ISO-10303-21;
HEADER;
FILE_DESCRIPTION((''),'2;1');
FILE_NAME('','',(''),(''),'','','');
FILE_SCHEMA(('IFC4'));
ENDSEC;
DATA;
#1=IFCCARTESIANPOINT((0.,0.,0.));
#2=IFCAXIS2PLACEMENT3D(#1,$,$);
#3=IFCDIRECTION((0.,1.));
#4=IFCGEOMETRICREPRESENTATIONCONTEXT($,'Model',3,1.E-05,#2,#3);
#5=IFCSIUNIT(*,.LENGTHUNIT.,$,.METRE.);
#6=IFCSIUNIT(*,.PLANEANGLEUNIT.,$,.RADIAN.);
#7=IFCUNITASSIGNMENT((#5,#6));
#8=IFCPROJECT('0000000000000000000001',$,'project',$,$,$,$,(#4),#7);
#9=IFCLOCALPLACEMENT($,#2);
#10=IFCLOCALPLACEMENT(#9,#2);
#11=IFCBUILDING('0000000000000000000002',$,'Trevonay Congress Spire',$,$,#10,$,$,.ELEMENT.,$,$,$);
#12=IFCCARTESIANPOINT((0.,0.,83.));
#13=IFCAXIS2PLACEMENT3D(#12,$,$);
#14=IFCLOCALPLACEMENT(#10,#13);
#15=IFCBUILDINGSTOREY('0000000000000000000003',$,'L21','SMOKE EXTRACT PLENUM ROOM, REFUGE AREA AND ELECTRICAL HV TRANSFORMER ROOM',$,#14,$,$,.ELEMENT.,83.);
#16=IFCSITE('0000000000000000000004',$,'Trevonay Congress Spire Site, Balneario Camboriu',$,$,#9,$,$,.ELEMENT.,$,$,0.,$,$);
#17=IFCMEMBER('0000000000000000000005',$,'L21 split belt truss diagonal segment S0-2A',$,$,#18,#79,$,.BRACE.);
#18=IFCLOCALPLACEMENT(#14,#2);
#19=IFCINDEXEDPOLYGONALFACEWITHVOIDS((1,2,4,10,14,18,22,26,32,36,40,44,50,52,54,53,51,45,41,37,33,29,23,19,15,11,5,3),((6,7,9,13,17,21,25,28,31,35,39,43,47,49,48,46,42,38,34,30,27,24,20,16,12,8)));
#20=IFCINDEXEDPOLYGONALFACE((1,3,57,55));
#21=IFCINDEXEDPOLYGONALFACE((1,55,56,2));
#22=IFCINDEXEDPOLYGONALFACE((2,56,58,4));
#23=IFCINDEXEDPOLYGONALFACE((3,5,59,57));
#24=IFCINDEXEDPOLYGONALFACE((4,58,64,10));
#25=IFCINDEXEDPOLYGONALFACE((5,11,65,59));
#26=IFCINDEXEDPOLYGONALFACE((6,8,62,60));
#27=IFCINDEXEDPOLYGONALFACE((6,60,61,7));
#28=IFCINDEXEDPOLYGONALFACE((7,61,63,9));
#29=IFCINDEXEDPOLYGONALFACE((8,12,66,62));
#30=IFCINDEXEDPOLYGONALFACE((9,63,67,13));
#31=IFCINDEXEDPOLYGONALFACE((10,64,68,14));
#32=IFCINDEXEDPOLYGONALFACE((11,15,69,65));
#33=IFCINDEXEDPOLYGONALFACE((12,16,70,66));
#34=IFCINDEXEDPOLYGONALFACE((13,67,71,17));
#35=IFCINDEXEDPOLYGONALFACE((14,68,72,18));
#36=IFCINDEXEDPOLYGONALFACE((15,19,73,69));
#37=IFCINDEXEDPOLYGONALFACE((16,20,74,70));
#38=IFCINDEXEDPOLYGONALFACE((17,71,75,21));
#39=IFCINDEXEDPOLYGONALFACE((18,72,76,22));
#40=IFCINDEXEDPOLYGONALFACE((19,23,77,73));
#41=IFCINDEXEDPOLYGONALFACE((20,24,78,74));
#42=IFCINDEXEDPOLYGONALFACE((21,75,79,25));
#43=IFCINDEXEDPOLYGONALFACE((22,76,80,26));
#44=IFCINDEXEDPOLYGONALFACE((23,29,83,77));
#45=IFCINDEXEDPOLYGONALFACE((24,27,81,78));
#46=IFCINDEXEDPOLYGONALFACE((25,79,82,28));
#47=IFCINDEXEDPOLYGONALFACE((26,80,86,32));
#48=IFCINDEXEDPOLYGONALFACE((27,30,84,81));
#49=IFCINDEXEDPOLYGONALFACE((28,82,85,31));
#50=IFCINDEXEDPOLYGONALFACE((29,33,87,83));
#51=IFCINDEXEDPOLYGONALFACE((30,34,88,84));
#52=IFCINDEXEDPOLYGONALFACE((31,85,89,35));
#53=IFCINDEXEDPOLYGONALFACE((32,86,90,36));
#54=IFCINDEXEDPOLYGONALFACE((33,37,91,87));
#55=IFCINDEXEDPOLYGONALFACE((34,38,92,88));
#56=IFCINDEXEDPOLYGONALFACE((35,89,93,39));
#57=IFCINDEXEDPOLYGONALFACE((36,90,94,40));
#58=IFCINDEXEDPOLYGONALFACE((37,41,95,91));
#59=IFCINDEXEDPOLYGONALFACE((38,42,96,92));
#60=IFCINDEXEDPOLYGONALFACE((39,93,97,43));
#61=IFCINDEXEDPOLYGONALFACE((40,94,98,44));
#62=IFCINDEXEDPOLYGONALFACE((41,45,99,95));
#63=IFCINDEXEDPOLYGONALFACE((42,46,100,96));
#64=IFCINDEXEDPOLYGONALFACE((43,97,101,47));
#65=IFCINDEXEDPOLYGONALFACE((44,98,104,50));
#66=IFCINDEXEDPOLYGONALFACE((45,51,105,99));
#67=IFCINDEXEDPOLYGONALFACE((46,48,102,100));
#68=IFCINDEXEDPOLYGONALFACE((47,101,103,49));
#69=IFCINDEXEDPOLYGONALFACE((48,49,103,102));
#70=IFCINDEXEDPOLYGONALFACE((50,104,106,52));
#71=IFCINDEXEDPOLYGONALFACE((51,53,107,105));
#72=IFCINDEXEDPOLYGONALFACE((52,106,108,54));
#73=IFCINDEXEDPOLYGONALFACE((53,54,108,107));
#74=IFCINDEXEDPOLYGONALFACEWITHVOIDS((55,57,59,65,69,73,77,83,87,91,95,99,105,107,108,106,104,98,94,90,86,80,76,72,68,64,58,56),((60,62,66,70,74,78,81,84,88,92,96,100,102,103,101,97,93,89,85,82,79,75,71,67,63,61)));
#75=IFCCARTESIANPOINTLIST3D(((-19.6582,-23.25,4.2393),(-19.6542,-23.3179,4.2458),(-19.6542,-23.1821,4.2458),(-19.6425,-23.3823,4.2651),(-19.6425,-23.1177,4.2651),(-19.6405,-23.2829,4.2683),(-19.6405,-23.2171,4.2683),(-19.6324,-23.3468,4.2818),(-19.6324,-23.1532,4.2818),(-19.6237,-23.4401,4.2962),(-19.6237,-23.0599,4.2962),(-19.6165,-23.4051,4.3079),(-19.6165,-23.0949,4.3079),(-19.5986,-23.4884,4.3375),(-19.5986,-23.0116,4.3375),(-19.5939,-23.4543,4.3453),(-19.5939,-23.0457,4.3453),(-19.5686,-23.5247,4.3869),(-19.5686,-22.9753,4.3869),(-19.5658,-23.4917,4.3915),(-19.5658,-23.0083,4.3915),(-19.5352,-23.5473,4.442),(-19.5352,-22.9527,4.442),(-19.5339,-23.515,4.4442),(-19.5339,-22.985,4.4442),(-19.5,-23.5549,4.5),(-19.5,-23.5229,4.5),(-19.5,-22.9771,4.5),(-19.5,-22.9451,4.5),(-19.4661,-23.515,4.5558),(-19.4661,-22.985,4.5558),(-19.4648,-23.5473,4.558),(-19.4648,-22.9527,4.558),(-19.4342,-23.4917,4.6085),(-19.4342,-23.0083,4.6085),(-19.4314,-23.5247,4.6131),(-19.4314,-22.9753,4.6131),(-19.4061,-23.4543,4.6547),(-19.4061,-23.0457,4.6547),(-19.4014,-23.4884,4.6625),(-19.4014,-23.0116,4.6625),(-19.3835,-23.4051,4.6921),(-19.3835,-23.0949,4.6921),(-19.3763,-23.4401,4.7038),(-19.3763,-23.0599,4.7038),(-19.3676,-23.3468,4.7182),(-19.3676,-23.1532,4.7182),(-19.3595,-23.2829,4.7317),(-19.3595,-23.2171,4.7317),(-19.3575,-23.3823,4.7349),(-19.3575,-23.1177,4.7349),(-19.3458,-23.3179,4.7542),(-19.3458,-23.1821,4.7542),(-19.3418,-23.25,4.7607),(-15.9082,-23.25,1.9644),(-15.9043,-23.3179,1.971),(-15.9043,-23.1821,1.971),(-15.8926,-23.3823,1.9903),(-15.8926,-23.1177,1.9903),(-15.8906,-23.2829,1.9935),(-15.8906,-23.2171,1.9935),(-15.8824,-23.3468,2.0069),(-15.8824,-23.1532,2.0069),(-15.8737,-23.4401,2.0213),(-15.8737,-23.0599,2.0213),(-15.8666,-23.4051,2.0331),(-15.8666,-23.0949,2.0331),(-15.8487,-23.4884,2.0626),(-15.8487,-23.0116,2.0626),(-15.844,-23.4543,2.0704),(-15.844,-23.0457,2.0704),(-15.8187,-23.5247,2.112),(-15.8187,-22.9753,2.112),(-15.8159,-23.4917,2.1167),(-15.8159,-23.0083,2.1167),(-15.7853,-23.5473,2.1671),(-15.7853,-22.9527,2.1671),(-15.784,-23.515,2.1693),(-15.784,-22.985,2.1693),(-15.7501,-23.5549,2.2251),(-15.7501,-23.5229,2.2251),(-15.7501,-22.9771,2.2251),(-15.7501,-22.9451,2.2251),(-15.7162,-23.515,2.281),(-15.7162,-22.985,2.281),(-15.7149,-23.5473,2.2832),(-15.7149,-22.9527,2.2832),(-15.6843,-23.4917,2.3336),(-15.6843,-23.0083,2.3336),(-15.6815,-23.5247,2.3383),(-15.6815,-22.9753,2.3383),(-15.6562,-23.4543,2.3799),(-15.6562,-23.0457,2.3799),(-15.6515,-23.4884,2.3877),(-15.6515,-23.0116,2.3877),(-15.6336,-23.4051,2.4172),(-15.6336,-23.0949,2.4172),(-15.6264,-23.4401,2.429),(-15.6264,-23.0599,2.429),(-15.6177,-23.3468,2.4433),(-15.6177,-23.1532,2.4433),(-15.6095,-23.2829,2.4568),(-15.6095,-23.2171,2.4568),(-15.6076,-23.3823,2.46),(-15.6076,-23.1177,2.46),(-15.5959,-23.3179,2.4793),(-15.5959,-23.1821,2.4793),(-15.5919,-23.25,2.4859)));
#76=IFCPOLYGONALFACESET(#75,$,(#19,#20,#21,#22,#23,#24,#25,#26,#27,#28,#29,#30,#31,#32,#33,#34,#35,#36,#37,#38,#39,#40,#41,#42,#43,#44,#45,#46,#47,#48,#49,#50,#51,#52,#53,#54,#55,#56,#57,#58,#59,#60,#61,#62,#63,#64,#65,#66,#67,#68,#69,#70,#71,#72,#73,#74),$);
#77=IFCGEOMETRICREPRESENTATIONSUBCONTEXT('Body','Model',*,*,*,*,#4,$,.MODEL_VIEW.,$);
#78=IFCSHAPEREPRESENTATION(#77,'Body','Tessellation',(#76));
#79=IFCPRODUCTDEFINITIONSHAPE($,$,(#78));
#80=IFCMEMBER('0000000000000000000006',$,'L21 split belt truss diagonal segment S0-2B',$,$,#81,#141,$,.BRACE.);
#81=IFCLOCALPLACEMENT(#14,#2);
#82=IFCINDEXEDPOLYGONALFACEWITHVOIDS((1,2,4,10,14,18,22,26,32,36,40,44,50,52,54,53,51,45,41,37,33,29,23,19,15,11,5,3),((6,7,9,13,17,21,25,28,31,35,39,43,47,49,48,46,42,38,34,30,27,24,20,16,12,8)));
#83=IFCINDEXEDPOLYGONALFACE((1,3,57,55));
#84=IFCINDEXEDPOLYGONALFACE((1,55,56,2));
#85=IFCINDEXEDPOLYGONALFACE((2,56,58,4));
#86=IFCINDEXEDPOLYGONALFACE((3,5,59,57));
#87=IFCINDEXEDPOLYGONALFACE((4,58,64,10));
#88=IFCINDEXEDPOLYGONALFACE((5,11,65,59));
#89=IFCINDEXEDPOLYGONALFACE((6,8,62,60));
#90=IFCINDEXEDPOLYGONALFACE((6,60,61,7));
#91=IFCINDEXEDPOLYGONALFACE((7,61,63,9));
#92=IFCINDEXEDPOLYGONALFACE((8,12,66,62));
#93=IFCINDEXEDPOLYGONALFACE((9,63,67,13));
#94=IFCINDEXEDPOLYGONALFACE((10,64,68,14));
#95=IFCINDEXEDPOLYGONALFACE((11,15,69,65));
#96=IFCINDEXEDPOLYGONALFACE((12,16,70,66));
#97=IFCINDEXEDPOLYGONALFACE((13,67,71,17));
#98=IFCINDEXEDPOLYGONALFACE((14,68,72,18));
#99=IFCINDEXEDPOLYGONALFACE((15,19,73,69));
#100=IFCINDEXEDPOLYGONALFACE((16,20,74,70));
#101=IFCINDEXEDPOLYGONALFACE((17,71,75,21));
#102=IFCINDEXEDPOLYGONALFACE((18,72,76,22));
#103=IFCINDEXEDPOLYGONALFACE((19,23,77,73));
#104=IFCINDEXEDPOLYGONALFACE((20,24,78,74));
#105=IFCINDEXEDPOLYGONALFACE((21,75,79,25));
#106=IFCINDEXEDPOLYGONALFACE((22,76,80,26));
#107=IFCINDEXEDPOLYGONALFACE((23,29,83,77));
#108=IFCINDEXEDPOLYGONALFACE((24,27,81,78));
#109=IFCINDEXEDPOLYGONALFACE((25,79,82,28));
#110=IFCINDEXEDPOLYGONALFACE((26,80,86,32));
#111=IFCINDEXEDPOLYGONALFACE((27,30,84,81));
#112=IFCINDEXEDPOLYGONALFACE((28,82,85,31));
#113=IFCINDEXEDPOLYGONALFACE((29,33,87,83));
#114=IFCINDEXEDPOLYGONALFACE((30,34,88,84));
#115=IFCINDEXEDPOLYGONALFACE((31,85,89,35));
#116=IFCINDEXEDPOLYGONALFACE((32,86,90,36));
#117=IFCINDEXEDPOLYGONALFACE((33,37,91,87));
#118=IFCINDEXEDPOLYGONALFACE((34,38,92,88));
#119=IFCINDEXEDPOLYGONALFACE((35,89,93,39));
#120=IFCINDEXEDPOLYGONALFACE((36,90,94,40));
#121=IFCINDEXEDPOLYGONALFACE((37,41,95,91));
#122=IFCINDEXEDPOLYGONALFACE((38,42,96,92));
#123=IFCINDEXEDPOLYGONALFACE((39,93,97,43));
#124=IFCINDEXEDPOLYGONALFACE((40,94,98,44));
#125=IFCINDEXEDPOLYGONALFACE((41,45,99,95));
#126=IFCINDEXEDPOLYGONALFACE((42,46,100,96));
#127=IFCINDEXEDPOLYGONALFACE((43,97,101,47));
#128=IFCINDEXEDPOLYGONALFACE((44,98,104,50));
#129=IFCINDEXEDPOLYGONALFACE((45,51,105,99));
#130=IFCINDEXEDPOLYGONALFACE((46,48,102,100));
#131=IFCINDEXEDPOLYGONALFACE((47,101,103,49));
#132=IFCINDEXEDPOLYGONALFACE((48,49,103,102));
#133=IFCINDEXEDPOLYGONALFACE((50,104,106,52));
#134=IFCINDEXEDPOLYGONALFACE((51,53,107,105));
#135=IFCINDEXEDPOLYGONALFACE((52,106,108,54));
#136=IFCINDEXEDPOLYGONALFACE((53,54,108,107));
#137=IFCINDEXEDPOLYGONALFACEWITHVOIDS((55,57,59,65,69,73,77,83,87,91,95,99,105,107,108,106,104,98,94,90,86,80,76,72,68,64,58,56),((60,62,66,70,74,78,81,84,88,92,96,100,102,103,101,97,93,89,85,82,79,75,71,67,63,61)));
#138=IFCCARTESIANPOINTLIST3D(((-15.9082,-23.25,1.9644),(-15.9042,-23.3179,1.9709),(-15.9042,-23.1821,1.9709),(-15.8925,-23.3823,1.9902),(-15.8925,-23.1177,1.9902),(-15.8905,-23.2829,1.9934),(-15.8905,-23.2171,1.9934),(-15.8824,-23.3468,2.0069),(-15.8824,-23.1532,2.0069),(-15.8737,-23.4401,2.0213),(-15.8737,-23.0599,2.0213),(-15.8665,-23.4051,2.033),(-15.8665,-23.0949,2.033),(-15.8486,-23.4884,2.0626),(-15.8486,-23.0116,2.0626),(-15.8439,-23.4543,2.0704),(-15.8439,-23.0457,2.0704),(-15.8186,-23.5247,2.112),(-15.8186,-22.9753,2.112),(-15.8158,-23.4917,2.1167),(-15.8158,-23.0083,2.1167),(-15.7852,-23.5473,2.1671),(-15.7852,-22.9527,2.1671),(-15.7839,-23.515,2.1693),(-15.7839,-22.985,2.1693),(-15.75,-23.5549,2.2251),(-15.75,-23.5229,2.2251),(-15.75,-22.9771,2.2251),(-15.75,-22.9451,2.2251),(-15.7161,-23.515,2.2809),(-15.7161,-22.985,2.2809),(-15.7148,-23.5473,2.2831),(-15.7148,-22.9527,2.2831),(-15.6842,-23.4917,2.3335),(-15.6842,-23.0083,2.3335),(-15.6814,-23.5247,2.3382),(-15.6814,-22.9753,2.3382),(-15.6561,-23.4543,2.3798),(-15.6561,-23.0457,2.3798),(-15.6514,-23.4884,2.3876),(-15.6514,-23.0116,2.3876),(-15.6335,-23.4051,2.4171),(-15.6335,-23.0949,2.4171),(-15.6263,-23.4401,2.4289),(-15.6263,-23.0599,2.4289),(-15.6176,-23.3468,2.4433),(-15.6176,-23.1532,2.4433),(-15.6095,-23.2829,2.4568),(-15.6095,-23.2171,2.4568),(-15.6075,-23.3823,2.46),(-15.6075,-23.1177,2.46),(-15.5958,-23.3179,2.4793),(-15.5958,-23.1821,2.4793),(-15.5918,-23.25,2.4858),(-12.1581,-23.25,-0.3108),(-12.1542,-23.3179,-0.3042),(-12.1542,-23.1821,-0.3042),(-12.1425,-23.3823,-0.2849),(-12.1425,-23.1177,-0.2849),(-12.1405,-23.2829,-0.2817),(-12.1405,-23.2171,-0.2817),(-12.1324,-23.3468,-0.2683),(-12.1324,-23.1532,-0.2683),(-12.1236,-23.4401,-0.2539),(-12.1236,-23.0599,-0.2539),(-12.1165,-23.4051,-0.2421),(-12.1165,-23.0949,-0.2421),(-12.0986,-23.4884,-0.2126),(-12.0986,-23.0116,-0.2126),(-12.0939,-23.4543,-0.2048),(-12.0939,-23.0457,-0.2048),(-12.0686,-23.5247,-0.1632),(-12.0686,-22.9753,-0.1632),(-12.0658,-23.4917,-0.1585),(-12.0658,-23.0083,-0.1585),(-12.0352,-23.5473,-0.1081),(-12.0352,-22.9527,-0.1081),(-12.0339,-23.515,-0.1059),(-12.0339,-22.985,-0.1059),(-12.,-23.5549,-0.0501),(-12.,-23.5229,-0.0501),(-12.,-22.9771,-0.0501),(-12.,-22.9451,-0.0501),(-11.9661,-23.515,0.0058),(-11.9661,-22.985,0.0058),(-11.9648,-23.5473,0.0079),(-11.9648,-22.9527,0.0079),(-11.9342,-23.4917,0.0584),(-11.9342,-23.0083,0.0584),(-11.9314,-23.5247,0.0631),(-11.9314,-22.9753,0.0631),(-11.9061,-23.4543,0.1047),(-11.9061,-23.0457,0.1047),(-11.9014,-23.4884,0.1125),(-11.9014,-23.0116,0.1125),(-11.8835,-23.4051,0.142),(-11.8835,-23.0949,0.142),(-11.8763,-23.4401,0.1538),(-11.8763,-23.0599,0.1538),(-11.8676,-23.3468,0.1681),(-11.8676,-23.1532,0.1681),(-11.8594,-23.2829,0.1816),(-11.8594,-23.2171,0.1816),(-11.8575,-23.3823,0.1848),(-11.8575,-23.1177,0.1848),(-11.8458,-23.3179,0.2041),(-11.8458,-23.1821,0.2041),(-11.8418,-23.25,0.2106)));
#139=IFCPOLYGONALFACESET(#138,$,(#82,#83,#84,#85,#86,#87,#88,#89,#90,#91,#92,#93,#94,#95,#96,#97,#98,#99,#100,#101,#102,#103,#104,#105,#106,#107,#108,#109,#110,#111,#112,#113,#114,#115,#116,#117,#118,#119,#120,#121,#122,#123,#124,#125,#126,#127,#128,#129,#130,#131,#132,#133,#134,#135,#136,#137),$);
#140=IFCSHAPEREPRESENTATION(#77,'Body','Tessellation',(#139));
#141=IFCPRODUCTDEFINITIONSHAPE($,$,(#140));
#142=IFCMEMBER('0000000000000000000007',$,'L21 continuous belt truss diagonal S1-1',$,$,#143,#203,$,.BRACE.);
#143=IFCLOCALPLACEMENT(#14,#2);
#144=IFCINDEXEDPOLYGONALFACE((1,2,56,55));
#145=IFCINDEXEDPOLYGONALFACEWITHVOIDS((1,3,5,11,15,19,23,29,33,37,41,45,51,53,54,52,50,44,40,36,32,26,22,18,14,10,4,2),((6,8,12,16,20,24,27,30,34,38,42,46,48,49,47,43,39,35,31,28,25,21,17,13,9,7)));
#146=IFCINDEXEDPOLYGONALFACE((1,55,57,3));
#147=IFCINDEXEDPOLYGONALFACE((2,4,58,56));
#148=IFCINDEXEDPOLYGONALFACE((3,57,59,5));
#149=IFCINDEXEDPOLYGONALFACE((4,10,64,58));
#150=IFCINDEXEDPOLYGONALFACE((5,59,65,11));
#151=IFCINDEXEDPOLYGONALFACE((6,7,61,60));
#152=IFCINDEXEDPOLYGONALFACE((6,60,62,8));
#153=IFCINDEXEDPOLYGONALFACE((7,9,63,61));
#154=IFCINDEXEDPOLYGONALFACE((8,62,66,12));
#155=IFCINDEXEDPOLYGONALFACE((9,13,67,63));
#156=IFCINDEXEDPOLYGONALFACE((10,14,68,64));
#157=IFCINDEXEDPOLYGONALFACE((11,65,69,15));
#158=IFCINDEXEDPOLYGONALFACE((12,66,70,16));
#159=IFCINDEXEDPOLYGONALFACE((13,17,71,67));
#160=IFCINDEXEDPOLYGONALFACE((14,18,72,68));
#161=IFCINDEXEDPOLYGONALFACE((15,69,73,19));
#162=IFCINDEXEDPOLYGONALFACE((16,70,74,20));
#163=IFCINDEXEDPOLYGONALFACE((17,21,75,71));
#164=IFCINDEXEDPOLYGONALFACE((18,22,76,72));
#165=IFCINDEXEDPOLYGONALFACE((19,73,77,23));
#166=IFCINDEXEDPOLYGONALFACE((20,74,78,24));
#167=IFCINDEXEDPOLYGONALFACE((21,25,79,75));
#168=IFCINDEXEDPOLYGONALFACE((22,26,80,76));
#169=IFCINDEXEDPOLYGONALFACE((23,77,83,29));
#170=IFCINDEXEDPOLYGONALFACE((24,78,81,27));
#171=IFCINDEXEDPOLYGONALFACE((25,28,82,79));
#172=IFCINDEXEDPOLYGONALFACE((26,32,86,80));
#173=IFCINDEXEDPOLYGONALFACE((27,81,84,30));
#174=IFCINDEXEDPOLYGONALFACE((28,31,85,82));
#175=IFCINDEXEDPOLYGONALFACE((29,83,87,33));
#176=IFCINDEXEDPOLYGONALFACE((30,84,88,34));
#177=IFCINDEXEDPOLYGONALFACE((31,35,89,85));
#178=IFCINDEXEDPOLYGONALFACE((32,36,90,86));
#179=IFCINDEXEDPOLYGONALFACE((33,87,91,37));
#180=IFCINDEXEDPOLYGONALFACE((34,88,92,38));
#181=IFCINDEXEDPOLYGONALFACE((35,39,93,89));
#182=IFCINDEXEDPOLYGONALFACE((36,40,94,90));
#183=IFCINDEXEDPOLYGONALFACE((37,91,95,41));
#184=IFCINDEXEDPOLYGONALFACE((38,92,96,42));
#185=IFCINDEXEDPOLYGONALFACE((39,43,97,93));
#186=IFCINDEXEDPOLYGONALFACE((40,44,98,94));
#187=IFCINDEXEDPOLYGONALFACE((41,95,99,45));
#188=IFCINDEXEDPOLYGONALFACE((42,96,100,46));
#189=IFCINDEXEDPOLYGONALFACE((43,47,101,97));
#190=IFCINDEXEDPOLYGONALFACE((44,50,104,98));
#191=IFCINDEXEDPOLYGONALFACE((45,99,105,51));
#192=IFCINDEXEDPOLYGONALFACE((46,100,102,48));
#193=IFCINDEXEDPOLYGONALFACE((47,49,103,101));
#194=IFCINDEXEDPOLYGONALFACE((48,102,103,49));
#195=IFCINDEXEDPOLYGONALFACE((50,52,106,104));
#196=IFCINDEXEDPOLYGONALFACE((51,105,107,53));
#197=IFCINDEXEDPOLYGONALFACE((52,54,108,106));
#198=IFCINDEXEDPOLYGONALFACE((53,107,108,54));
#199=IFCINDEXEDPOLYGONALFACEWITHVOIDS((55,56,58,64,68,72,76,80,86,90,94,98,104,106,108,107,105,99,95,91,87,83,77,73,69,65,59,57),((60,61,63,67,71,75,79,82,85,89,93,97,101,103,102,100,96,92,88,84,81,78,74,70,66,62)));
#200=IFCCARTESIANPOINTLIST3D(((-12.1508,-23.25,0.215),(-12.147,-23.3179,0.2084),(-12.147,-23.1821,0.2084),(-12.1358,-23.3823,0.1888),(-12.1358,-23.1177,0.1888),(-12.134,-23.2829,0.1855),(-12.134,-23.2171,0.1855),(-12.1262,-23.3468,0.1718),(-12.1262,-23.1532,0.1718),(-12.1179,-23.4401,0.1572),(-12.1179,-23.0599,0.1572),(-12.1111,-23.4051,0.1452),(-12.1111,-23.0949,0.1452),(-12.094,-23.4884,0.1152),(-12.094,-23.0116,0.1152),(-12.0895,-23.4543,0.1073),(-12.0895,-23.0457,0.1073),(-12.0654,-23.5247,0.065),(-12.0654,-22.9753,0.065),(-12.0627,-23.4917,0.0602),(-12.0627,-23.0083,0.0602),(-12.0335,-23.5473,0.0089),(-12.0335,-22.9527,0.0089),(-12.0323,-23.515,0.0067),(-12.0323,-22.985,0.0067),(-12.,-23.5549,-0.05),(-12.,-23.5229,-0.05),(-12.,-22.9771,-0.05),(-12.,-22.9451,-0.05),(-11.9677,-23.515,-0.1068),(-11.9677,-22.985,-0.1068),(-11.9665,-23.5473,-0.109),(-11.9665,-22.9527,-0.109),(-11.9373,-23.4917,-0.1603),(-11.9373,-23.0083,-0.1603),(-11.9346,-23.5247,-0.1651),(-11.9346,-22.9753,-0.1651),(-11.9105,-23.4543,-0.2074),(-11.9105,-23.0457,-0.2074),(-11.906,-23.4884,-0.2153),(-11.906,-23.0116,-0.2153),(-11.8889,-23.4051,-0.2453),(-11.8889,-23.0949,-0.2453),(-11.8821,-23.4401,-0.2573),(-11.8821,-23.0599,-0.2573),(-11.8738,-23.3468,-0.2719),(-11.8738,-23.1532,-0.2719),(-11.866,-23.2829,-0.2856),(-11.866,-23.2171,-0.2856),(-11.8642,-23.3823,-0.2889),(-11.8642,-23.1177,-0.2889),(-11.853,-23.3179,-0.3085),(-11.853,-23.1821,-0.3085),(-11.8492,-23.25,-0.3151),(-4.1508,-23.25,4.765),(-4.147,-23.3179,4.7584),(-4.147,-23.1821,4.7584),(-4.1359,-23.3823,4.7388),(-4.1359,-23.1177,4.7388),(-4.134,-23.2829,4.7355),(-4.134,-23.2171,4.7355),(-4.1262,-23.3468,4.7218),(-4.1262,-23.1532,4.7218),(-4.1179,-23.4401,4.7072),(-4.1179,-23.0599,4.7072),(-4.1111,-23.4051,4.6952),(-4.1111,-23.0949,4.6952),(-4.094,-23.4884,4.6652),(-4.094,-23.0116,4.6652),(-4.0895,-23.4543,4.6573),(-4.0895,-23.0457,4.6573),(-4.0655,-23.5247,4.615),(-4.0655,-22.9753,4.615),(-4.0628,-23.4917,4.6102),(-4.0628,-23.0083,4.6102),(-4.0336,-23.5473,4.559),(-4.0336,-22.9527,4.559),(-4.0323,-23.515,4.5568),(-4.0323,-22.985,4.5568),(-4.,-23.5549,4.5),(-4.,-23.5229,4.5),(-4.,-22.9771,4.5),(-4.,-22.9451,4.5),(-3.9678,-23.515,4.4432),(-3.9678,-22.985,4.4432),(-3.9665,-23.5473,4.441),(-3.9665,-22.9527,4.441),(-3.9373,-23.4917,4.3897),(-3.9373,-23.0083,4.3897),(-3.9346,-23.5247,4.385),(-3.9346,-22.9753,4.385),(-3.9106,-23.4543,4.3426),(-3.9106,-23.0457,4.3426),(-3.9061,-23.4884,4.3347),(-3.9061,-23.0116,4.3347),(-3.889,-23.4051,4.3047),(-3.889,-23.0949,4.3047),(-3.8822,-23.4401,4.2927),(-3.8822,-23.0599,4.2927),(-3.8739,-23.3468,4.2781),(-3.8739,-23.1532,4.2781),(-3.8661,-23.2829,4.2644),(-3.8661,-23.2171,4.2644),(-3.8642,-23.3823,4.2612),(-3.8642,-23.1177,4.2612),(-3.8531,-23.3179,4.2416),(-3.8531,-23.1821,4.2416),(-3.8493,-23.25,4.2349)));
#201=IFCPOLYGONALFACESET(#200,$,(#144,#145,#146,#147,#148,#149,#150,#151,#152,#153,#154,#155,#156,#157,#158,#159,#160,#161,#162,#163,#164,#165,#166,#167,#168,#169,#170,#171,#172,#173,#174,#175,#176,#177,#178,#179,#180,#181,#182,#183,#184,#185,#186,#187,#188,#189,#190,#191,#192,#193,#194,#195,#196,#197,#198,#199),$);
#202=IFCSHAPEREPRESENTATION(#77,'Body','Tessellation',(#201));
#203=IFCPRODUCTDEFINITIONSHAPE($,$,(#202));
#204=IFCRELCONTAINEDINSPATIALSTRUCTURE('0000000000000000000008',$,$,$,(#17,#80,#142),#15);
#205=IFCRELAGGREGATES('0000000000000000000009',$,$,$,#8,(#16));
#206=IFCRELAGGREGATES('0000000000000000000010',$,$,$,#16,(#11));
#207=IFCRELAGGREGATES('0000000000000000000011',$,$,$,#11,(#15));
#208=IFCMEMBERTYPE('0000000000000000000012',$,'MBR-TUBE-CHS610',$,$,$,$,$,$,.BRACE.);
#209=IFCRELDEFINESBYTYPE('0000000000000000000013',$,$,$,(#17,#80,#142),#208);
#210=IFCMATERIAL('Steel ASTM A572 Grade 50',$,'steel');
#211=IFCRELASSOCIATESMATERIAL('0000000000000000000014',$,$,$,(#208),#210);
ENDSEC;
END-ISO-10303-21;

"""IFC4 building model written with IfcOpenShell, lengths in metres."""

from ifc_helpers import new_model, si_unit, direction, frame, origin, origin_2d, place, context, subcontext, project, spatial, hollow_circle, extrude, material, material_profile, profile_set, type_object, element, save


model = new_model("IFC4")

# Units and contexts
model_context = context("Model", 3, precision=1e-05, world=origin(), true_north=direction((0.0, 1.0)))
body_context = subcontext(model_context, "Body", "Model", "MODEL_VIEW")
ifc_project = project(units=[si_unit("LENGTHUNIT", "METRE"), si_unit("PLANEANGLEUNIT", "RADIAN")], contexts=[model_context])

# Site, building, storey
site_placement = place(None, origin())
site = spatial("IfcSite", under=ifc_project, at=site_placement, Name="Trevonay Congress Spire Site, Balneario Camboriu", CompositionType="ELEMENT", RefElevation=0.0)
building_placement = place(site_placement, origin())
building = spatial("IfcBuilding", under=site, at=building_placement, Name="Trevonay Congress Spire", CompositionType="ELEMENT")
storey_placement = place(building_placement, frame((0.0, 0.0, 83.0)))
storey = spatial("IfcBuildingStorey", under=building, at=storey_placement, Name="L21", Description="SMOKE EXTRACT PLENUM ROOM, REFUGE AREA AND ELECTRICAL HV TRANSFORMER ROOM", CompositionType="ELEMENT", Elevation=83.0)

# Shared definitions
ifc_material_1 = material(Name="Steel ASTM A572 Grade 50", Category="steel")

# Members
ifc_material_profile_1 = material_profile(ifc_material_1, hollow_circle(Radius=0.3049, WallThickness=0.032, at=origin_2d()), Name="CHS 610x32")
ifc_profile_set_1 = profile_set([ifc_material_profile_1], Name="Steel ASTM A572 Grade 50")
member_type = type_object("IfcMemberType", Name="MBR-TUBE-CHS610", PredefinedType="BRACE", material=ifc_profile_set_1)
member_1_placement = place(storey_placement, frame((-19.5, -23.25, 4.5), z_axis=(0.854978, 0.0, -0.518664), x_axis=(0.0, 1.0, 0.0)))
element("IfcMember", 1, at=member_1_placement, inside=storey, type_object=member_type, Name="L21 split belt truss diagonal segment S0-2A", PredefinedType="BRACE", context=body_context, shape_type="SweptSolid", body=[
    extrude(hollow_circle(Radius=0.3049, WallThickness=0.032, at=origin_2d()), origin(), (0.0, 0.0, 1.0), 4.386),
])
member_2_placement = place(storey_placement, frame((-15.75, -23.25, 2.2251), z_axis=(0.854953, 0.0, -0.518705), x_axis=(0.0, 1.0, 0.0)))
element("IfcMember", 2, at=member_2_placement, inside=storey, type_object=member_type, Name="L21 split belt truss diagonal segment S0-2B", PredefinedType="BRACE", context=body_context, shape_type="SweptSolid", body=[
    extrude(hollow_circle(Radius=0.3049, WallThickness=0.032, at=origin_2d()), origin(), (0.0, 0.0, 1.0), 4.3862),
])
member_3_placement = place(storey_placement, frame((-12.0, -23.25, -0.05), z_axis=(0.869242, 0.0, 0.494387), x_axis=(0.0, 1.0, 0.0)))
element("IfcMember", 3, at=member_3_placement, inside=storey, type_object=member_type, Name="L21 continuous belt truss diagonal S1-1", PredefinedType="BRACE", context=body_context, shape_type="SweptSolid", body=[
    extrude(hollow_circle(Radius=0.3049, WallThickness=0.032, at=origin_2d()), origin(), (0.0, 0.0, 1.0), 9.2034),
])

save(model, "model.ifc")
